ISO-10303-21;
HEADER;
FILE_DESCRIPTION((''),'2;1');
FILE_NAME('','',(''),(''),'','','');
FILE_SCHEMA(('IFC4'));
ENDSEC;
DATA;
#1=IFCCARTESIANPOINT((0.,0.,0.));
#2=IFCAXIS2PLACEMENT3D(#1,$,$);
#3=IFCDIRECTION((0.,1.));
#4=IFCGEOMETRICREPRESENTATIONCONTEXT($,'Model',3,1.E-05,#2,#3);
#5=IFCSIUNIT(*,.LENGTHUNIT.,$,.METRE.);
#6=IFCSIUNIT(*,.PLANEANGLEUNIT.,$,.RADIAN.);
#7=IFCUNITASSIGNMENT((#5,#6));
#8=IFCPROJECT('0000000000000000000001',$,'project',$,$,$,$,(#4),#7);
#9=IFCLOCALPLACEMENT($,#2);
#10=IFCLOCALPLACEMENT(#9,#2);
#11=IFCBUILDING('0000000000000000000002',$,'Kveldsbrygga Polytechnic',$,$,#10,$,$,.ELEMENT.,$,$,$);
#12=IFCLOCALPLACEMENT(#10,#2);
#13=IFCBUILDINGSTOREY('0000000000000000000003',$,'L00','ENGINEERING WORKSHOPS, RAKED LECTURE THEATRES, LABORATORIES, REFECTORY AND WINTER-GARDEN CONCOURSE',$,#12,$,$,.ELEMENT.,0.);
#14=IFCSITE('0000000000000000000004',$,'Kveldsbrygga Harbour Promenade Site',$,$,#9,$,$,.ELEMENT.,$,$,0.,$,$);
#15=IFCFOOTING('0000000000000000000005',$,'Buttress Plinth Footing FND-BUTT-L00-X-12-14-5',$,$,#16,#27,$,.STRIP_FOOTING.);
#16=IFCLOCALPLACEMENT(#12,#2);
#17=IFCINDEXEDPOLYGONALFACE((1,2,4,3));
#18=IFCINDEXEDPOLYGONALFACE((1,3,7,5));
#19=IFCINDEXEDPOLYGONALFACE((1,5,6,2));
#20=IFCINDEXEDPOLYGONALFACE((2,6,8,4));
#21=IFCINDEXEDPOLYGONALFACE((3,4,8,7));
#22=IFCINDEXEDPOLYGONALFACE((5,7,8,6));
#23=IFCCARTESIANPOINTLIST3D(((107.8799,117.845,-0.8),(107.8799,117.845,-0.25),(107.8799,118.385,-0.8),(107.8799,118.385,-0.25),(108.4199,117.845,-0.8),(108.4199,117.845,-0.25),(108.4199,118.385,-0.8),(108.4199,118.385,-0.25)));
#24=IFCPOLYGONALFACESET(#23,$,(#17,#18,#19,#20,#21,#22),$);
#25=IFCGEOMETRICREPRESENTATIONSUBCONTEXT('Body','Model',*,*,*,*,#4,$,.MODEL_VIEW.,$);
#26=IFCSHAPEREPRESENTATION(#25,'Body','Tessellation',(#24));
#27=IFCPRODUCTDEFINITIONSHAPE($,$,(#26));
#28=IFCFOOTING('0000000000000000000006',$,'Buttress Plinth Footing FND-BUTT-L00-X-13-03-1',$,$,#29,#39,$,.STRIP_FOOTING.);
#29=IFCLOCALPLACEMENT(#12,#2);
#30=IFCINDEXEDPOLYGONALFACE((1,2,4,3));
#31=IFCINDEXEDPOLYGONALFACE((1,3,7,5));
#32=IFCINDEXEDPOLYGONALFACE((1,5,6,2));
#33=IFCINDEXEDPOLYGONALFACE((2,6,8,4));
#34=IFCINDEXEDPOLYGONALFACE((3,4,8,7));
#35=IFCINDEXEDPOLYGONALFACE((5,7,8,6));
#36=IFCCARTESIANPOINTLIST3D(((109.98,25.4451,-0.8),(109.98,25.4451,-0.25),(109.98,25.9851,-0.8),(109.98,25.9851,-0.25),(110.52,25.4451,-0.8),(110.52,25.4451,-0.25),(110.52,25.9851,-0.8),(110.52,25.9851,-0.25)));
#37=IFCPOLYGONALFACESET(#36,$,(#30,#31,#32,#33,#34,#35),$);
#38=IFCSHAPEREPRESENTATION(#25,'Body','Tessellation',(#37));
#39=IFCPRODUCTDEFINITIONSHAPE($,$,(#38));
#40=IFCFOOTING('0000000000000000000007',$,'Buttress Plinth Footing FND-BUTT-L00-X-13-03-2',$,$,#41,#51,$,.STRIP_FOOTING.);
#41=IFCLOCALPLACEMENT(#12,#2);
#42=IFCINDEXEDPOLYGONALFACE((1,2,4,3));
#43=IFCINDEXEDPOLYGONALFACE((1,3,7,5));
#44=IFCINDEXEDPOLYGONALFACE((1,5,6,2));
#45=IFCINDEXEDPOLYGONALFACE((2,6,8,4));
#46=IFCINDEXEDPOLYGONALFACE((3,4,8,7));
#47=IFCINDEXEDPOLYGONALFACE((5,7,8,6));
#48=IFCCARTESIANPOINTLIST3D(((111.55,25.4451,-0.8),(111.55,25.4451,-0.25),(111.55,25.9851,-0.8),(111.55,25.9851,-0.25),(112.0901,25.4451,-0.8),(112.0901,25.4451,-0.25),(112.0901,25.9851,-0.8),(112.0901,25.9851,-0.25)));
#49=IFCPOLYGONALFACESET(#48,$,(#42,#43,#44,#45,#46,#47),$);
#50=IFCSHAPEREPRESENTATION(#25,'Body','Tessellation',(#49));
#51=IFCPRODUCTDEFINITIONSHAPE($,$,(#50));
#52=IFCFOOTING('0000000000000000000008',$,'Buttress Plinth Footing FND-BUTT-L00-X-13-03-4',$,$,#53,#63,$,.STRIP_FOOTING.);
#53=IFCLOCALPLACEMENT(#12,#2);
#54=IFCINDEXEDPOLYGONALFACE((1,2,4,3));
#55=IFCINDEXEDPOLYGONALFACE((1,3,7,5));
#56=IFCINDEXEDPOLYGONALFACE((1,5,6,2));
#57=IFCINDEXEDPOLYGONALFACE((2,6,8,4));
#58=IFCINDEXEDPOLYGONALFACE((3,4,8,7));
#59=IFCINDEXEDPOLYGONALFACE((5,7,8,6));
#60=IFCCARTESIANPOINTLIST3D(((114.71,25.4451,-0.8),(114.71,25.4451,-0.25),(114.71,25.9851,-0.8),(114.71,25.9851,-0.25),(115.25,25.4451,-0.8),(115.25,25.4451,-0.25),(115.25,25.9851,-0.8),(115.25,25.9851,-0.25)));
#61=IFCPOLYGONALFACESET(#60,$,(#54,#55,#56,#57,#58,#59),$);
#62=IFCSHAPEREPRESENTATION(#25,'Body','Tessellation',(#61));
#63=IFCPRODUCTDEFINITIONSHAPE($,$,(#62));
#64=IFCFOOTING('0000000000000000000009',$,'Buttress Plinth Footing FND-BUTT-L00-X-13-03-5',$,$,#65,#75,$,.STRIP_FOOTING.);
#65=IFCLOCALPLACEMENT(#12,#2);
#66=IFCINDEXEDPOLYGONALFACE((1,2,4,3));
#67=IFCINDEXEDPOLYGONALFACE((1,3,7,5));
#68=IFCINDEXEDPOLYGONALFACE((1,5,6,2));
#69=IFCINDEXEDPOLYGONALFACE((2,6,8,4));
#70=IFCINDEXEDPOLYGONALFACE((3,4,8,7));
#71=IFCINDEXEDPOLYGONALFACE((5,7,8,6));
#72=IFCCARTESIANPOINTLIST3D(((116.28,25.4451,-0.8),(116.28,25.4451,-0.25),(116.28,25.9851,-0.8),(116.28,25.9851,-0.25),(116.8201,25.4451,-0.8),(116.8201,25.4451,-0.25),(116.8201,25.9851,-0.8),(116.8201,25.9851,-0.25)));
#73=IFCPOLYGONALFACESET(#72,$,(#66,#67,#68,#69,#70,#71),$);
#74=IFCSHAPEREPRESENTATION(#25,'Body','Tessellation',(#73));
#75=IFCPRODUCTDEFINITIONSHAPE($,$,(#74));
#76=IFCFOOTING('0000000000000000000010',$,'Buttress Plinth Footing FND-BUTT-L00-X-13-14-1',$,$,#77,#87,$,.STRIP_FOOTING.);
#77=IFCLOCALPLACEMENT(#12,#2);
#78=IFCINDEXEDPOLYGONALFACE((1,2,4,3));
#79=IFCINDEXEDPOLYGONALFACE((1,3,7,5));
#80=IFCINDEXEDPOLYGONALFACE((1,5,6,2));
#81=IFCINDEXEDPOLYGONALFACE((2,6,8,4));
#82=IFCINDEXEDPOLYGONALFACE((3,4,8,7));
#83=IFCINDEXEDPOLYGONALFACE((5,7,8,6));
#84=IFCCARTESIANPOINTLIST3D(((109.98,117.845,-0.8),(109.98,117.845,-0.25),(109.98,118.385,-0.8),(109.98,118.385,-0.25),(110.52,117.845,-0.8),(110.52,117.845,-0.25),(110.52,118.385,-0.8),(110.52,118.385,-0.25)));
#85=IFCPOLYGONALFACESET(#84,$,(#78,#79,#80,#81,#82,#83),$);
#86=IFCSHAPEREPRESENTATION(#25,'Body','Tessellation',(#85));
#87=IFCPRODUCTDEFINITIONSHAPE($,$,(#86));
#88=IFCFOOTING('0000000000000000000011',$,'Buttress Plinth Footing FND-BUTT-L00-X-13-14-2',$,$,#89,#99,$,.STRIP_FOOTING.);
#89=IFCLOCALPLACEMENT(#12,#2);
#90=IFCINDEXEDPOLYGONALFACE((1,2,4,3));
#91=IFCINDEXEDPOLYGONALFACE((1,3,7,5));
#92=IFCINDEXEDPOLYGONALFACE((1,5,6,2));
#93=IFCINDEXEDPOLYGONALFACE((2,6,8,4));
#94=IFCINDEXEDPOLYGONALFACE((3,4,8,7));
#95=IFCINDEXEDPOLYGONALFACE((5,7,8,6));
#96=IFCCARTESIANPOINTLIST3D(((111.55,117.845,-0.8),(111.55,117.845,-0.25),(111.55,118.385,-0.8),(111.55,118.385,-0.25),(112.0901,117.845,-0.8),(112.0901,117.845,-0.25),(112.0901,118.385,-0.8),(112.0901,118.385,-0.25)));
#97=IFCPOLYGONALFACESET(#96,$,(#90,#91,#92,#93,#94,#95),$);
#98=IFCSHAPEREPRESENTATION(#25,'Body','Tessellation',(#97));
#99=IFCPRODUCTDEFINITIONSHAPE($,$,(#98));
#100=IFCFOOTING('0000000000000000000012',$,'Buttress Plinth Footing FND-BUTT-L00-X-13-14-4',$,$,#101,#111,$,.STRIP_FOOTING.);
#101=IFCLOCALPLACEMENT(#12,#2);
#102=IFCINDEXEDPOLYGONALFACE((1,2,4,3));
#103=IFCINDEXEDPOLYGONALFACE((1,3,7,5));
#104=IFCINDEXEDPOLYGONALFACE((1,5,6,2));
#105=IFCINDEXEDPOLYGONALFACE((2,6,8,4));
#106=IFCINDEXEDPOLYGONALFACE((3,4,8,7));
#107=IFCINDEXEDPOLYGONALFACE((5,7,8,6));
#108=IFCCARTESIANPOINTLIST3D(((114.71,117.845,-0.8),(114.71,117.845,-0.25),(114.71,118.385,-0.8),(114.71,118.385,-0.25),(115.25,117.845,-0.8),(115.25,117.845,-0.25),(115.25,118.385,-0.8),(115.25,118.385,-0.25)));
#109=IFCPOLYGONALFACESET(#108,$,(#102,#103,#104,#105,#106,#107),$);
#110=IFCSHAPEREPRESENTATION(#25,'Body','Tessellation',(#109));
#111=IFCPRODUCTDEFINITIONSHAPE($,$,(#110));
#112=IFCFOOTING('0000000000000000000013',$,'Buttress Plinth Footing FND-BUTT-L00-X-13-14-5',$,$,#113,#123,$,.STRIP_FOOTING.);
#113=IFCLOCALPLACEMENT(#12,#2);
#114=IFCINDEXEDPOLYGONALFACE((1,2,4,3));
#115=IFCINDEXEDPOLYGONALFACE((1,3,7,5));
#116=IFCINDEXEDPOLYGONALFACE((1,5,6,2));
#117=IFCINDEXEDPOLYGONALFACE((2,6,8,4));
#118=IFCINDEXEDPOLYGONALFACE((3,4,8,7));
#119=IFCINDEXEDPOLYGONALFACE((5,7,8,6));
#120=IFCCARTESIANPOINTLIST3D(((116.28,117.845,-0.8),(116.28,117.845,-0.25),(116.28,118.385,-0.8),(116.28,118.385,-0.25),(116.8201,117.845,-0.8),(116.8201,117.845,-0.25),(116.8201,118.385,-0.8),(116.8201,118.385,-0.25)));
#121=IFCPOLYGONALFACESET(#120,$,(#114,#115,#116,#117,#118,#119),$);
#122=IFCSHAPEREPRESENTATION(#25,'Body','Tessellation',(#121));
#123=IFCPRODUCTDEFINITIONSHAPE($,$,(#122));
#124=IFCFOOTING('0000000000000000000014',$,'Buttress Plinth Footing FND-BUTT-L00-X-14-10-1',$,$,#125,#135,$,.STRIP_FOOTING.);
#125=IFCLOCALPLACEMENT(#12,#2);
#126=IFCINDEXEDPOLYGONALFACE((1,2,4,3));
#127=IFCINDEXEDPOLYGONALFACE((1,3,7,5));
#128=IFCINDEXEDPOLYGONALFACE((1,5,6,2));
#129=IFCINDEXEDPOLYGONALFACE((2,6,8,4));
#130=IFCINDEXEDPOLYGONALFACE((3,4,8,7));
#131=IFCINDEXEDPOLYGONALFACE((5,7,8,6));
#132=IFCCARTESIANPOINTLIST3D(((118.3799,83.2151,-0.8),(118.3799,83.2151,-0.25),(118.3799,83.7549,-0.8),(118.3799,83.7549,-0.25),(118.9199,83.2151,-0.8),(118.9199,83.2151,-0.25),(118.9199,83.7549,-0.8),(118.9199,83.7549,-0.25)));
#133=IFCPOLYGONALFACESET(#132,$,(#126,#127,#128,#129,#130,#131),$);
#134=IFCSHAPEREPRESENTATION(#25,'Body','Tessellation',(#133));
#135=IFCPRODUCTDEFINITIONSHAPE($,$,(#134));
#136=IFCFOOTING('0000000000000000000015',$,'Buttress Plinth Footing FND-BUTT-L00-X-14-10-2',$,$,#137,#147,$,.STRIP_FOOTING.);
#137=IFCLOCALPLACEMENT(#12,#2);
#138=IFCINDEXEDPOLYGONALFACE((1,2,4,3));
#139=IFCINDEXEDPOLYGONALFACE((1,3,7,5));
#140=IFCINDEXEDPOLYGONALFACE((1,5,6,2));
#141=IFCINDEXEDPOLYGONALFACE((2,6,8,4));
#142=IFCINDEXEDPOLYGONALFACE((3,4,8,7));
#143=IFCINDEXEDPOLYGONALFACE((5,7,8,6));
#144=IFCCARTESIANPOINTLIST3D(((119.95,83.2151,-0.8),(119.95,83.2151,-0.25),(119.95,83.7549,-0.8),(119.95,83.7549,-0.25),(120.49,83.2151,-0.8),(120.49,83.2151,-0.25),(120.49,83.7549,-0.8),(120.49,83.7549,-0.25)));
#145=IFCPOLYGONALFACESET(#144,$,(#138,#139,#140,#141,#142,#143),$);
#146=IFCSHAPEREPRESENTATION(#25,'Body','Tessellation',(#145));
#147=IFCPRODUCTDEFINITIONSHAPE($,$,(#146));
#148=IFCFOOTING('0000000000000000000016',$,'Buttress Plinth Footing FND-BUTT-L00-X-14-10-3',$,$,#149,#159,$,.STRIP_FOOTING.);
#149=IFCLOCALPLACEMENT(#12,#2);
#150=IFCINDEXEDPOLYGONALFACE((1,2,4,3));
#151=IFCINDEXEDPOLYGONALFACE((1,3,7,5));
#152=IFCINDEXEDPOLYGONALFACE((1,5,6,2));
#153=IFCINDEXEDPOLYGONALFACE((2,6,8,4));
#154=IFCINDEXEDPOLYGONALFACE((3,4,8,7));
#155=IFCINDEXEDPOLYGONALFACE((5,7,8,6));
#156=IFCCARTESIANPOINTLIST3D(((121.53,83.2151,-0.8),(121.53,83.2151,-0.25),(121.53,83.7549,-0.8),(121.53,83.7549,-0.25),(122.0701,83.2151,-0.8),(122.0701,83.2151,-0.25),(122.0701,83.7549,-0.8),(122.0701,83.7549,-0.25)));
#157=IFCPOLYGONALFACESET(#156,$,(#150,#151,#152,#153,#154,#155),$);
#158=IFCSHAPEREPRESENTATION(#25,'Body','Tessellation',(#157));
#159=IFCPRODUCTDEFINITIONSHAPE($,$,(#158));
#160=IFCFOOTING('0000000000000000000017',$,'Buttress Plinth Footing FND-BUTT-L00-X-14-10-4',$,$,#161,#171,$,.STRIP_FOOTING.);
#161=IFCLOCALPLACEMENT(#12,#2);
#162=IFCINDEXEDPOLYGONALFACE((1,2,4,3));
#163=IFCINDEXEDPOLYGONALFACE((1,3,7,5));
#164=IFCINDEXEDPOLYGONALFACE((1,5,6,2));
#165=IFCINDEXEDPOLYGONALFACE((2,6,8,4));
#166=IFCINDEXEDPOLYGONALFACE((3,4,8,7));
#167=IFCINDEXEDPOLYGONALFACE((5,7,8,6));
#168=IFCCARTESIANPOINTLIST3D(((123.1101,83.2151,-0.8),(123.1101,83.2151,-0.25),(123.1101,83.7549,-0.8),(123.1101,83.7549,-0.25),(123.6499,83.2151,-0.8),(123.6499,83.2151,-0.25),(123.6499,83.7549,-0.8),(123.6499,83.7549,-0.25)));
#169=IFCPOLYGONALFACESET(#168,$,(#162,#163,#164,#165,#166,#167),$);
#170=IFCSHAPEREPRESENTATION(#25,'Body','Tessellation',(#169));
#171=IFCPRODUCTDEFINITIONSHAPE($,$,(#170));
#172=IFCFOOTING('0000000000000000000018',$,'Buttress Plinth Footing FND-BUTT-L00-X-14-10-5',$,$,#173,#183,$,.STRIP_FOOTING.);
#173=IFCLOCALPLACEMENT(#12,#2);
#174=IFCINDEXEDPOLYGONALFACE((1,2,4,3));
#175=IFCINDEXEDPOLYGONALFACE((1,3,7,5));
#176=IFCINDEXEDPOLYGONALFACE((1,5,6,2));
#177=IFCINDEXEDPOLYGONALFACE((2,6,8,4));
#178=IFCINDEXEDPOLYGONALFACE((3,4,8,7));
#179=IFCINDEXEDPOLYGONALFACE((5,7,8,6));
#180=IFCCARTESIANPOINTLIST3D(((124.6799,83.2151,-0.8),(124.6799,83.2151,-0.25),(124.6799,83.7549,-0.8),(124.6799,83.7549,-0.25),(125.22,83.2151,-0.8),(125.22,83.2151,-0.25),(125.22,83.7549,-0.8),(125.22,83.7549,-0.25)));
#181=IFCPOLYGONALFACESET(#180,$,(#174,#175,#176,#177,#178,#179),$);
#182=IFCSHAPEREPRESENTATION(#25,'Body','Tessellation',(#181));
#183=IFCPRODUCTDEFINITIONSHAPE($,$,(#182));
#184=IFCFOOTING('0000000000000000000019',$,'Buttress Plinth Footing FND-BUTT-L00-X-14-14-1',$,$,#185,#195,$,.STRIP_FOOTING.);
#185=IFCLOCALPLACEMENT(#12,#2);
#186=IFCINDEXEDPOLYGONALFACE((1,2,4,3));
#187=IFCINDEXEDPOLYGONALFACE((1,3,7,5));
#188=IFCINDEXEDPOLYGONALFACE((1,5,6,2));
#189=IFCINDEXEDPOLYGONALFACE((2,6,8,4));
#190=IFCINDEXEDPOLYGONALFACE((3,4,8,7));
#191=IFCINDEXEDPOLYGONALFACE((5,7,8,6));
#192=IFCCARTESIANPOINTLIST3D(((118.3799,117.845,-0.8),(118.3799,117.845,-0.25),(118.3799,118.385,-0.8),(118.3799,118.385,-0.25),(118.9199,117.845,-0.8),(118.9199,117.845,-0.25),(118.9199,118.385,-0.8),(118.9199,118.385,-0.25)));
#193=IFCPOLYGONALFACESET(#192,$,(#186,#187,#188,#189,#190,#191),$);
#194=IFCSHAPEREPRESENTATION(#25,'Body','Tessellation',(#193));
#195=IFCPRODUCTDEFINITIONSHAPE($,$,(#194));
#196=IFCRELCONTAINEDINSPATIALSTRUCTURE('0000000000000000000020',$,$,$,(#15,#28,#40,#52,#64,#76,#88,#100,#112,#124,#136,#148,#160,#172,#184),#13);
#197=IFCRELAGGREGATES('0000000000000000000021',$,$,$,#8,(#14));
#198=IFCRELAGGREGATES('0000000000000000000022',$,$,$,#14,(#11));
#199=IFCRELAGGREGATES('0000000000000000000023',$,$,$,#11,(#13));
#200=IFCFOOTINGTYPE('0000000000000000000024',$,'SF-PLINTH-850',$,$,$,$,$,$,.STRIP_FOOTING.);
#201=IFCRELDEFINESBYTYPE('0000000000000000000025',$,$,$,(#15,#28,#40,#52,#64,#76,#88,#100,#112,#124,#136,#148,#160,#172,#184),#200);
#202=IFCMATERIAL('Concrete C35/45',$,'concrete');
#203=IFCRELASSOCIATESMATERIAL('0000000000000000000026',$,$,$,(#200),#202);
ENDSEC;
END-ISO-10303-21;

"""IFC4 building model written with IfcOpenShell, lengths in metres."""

from ifc_helpers import new_model, si_unit, direction, frame, origin, place, context, subcontext, project, spatial, polyline, outline, extrude, material, type_object, element, save


model = new_model("IFC4")

# Units and contexts
model_context = context("Model", 3, precision=1e-05, world=origin(), true_north=direction((0.0, 1.0)))
body_context = subcontext(model_context, "Body", "Model", "MODEL_VIEW")
ifc_project = project(units=[si_unit("LENGTHUNIT", "METRE"), si_unit("PLANEANGLEUNIT", "RADIAN")], contexts=[model_context])

# Site, building, storey
site_placement = place(None, origin())
site = spatial("IfcSite", under=ifc_project, at=site_placement, Name="Kveldsbrygga Harbour Promenade Site", CompositionType="ELEMENT", RefElevation=0.0)
building_placement = place(site_placement, origin())
building = spatial("IfcBuilding", under=site, at=building_placement, Name="Kveldsbrygga Polytechnic", CompositionType="ELEMENT")
storey_placement = place(building_placement, origin())
storey = spatial("IfcBuildingStorey", under=building, at=storey_placement, Name="L00", Description="ENGINEERING WORKSHOPS, RAKED LECTURE THEATRES, LABORATORIES, REFECTORY AND WINTER-GARDEN CONCOURSE", CompositionType="ELEMENT", Elevation=0.0)

# Footings
ifc_material = material(Name="Concrete C35/45", Category="concrete")
footing_type = type_object("IfcFootingType", Name="SF-PLINTH-850", PredefinedType="STRIP_FOOTING", material=ifc_material)
footing_1_placement = place(storey_placement, frame((0.0, 0.0, -0.8)))
element("IfcFooting", 1, at=footing_1_placement, inside=storey, type_object=footing_type, Name="Buttress Plinth Footing FND-BUTT-L00-X-12-14-5", PredefinedType="STRIP_FOOTING", context=body_context, shape_type="SweptSolid", body=[
    extrude(outline(polyline([(107.8799, 117.845), (108.4199, 117.845), (108.4199, 118.385), (107.8799, 118.385), (107.8799, 117.845)])), origin(), (0.0, 0.0, 1.0), 0.55),
])
footing_2_placement = place(storey_placement, frame((0.0, 0.0, -0.8)))
element("IfcFooting", 2, at=footing_2_placement, inside=storey, type_object=footing_type, Name="Buttress Plinth Footing FND-BUTT-L00-X-13-03-1", PredefinedType="STRIP_FOOTING", context=body_context, shape_type="SweptSolid", body=[
    extrude(outline(polyline([(109.98, 25.4451), (110.52, 25.4451), (110.52, 25.9851), (109.98, 25.9851), (109.98, 25.4451)])), origin(), (0.0, 0.0, 1.0), 0.55),
])
footing_3_placement = place(storey_placement, frame((0.0, 0.0, -0.8)))
element("IfcFooting", 3, at=footing_3_placement, inside=storey, type_object=footing_type, Name="Buttress Plinth Footing FND-BUTT-L00-X-13-03-2", PredefinedType="STRIP_FOOTING", context=body_context, shape_type="SweptSolid", body=[
    extrude(outline(polyline([(111.55, 25.4451), (112.0901, 25.4451), (112.0901, 25.9851), (111.55, 25.9851), (111.55, 25.4451)])), origin(), (0.0, 0.0, 1.0), 0.55),
])
footing_4_placement = place(storey_placement, frame((0.0, 0.0, -0.8)))
element("IfcFooting", 4, at=footing_4_placement, inside=storey, type_object=footing_type, Name="Buttress Plinth Footing FND-BUTT-L00-X-13-03-4", PredefinedType="STRIP_FOOTING", context=body_context, shape_type="SweptSolid", body=[
    extrude(outline(polyline([(114.71, 25.4451), (115.25, 25.4451), (115.25, 25.9851), (114.71, 25.9851), (114.71, 25.4451)])), origin(), (0.0, 0.0, 1.0), 0.55),
])
footing_5_placement = place(storey_placement, frame((0.0, 0.0, -0.8)))
element("IfcFooting", 5, at=footing_5_placement, inside=storey, type_object=footing_type, Name="Buttress Plinth Footing FND-BUTT-L00-X-13-03-5", PredefinedType="STRIP_FOOTING", context=body_context, shape_type="SweptSolid", body=[
    extrude(outline(polyline([(116.28, 25.4451), (116.8201, 25.4451), (116.8201, 25.9851), (116.28, 25.9851), (116.28, 25.4451)])), origin(), (0.0, 0.0, 1.0), 0.55),
])
footing_6_placement = place(storey_placement, frame((0.0, 0.0, -0.8)))
element("IfcFooting", 6, at=footing_6_placement, inside=storey, type_object=footing_type, Name="Buttress Plinth Footing FND-BUTT-L00-X-13-14-1", PredefinedType="STRIP_FOOTING", context=body_context, shape_type="SweptSolid", body=[
    extrude(outline(polyline([(109.98, 117.845), (110.52, 117.845), (110.52, 118.385), (109.98, 118.385), (109.98, 117.845)])), origin(), (0.0, 0.0, 1.0), 0.55),
])
footing_7_placement = place(storey_placement, frame((0.0, 0.0, -0.8)))
element("IfcFooting", 7, at=footing_7_placement, inside=storey, type_object=footing_type, Name="Buttress Plinth Footing FND-BUTT-L00-X-13-14-2", PredefinedType="STRIP_FOOTING", context=body_context, shape_type="SweptSolid", body=[
    extrude(outline(polyline([(111.55, 117.845), (112.0901, 117.845), (112.0901, 118.385), (111.55, 118.385), (111.55, 117.845)])), origin(), (0.0, 0.0, 1.0), 0.55),
])
footing_8_placement = place(storey_placement, frame((0.0, 0.0, -0.8)))
element("IfcFooting", 8, at=footing_8_placement, inside=storey, type_object=footing_type, Name="Buttress Plinth Footing FND-BUTT-L00-X-13-14-4", PredefinedType="STRIP_FOOTING", context=body_context, shape_type="SweptSolid", body=[
    extrude(outline(polyline([(114.71, 117.845), (115.25, 117.845), (115.25, 118.385), (114.71, 118.385), (114.71, 117.845)])), origin(), (0.0, 0.0, 1.0), 0.55),
])
footing_9_placement = place(storey_placement, frame((0.0, 0.0, -0.8)))
element("IfcFooting", 9, at=footing_9_placement, inside=storey, type_object=footing_type, Name="Buttress Plinth Footing FND-BUTT-L00-X-13-14-5", PredefinedType="STRIP_FOOTING", context=body_context, shape_type="SweptSolid", body=[
    extrude(outline(polyline([(116.28, 117.845), (116.8201, 117.845), (116.8201, 118.385), (116.28, 118.385), (116.28, 117.845)])), origin(), (0.0, 0.0, 1.0), 0.55),
])
footing_10_placement = place(storey_placement, frame((0.0, 0.0, -0.8)))
element("IfcFooting", 10, at=footing_10_placement, inside=storey, type_object=footing_type, Name="Buttress Plinth Footing FND-BUTT-L00-X-14-10-1", PredefinedType="STRIP_FOOTING", context=body_context, shape_type="SweptSolid", body=[
    extrude(outline(polyline([(118.3799, 83.2151), (118.9199, 83.2151), (118.9199, 83.7549), (118.3799, 83.7549), (118.3799, 83.2151)])), origin(), (0.0, 0.0, 1.0), 0.55),
])
footing_11_placement = place(storey_placement, frame((0.0, 0.0, -0.8)))
element("IfcFooting", 11, at=footing_11_placement, inside=storey, type_object=footing_type, Name="Buttress Plinth Footing FND-BUTT-L00-X-14-10-2", PredefinedType="STRIP_FOOTING", context=body_context, shape_type="SweptSolid", body=[
    extrude(outline(polyline([(119.95, 83.2151), (120.49, 83.2151), (120.49, 83.7549), (119.95, 83.7549), (119.95, 83.2151)])), origin(), (0.0, 0.0, 1.0), 0.55),
])
footing_12_placement = place(storey_placement, frame((0.0, 0.0, -0.8)))
element("IfcFooting", 12, at=footing_12_placement, inside=storey, type_object=footing_type, Name="Buttress Plinth Footing FND-BUTT-L00-X-14-10-3", PredefinedType="STRIP_FOOTING", context=body_context, shape_type="SweptSolid", body=[
    extrude(outline(polyline([(121.53, 83.2151), (122.0701, 83.2151), (122.0701, 83.7549), (121.53, 83.7549), (121.53, 83.2151)])), origin(), (0.0, 0.0, 1.0), 0.55),
])
footing_13_placement = place(storey_placement, frame((0.0, 0.0, -0.8)))
element("IfcFooting", 13, at=footing_13_placement, inside=storey, type_object=footing_type, Name="Buttress Plinth Footing FND-BUTT-L00-X-14-10-4", PredefinedType="STRIP_FOOTING", context=body_context, shape_type="SweptSolid", body=[
    extrude(outline(polyline([(123.1101, 83.2151), (123.6499, 83.2151), (123.6499, 83.7549), (123.1101, 83.7549), (123.1101, 83.2151)])), origin(), (0.0, 0.0, 1.0), 0.55),
])
footing_14_placement = place(storey_placement, frame((0.0, 0.0, -0.8)))
element("IfcFooting", 14, at=footing_14_placement, inside=storey, type_object=footing_type, Name="Buttress Plinth Footing FND-BUTT-L00-X-14-10-5", PredefinedType="STRIP_FOOTING", context=body_context, shape_type="SweptSolid", body=[
    extrude(outline(polyline([(124.6799, 83.2151), (125.22, 83.2151), (125.22, 83.7549), (124.6799, 83.7549), (124.6799, 83.2151)])), origin(), (0.0, 0.0, 1.0), 0.55),
])
footing_15_placement = place(storey_placement, frame((0.0, 0.0, -0.8)))
element("IfcFooting", 15, at=footing_15_placement, inside=storey, type_object=footing_type, Name="Buttress Plinth Footing FND-BUTT-L00-X-14-14-1", PredefinedType="STRIP_FOOTING", context=body_context, shape_type="SweptSolid", body=[
    extrude(outline(polyline([(118.3799, 117.845), (118.9199, 117.845), (118.9199, 118.385), (118.3799, 118.385), (118.3799, 117.845)])), origin(), (0.0, 0.0, 1.0), 0.55),
])

save(model, "model.ifc")
